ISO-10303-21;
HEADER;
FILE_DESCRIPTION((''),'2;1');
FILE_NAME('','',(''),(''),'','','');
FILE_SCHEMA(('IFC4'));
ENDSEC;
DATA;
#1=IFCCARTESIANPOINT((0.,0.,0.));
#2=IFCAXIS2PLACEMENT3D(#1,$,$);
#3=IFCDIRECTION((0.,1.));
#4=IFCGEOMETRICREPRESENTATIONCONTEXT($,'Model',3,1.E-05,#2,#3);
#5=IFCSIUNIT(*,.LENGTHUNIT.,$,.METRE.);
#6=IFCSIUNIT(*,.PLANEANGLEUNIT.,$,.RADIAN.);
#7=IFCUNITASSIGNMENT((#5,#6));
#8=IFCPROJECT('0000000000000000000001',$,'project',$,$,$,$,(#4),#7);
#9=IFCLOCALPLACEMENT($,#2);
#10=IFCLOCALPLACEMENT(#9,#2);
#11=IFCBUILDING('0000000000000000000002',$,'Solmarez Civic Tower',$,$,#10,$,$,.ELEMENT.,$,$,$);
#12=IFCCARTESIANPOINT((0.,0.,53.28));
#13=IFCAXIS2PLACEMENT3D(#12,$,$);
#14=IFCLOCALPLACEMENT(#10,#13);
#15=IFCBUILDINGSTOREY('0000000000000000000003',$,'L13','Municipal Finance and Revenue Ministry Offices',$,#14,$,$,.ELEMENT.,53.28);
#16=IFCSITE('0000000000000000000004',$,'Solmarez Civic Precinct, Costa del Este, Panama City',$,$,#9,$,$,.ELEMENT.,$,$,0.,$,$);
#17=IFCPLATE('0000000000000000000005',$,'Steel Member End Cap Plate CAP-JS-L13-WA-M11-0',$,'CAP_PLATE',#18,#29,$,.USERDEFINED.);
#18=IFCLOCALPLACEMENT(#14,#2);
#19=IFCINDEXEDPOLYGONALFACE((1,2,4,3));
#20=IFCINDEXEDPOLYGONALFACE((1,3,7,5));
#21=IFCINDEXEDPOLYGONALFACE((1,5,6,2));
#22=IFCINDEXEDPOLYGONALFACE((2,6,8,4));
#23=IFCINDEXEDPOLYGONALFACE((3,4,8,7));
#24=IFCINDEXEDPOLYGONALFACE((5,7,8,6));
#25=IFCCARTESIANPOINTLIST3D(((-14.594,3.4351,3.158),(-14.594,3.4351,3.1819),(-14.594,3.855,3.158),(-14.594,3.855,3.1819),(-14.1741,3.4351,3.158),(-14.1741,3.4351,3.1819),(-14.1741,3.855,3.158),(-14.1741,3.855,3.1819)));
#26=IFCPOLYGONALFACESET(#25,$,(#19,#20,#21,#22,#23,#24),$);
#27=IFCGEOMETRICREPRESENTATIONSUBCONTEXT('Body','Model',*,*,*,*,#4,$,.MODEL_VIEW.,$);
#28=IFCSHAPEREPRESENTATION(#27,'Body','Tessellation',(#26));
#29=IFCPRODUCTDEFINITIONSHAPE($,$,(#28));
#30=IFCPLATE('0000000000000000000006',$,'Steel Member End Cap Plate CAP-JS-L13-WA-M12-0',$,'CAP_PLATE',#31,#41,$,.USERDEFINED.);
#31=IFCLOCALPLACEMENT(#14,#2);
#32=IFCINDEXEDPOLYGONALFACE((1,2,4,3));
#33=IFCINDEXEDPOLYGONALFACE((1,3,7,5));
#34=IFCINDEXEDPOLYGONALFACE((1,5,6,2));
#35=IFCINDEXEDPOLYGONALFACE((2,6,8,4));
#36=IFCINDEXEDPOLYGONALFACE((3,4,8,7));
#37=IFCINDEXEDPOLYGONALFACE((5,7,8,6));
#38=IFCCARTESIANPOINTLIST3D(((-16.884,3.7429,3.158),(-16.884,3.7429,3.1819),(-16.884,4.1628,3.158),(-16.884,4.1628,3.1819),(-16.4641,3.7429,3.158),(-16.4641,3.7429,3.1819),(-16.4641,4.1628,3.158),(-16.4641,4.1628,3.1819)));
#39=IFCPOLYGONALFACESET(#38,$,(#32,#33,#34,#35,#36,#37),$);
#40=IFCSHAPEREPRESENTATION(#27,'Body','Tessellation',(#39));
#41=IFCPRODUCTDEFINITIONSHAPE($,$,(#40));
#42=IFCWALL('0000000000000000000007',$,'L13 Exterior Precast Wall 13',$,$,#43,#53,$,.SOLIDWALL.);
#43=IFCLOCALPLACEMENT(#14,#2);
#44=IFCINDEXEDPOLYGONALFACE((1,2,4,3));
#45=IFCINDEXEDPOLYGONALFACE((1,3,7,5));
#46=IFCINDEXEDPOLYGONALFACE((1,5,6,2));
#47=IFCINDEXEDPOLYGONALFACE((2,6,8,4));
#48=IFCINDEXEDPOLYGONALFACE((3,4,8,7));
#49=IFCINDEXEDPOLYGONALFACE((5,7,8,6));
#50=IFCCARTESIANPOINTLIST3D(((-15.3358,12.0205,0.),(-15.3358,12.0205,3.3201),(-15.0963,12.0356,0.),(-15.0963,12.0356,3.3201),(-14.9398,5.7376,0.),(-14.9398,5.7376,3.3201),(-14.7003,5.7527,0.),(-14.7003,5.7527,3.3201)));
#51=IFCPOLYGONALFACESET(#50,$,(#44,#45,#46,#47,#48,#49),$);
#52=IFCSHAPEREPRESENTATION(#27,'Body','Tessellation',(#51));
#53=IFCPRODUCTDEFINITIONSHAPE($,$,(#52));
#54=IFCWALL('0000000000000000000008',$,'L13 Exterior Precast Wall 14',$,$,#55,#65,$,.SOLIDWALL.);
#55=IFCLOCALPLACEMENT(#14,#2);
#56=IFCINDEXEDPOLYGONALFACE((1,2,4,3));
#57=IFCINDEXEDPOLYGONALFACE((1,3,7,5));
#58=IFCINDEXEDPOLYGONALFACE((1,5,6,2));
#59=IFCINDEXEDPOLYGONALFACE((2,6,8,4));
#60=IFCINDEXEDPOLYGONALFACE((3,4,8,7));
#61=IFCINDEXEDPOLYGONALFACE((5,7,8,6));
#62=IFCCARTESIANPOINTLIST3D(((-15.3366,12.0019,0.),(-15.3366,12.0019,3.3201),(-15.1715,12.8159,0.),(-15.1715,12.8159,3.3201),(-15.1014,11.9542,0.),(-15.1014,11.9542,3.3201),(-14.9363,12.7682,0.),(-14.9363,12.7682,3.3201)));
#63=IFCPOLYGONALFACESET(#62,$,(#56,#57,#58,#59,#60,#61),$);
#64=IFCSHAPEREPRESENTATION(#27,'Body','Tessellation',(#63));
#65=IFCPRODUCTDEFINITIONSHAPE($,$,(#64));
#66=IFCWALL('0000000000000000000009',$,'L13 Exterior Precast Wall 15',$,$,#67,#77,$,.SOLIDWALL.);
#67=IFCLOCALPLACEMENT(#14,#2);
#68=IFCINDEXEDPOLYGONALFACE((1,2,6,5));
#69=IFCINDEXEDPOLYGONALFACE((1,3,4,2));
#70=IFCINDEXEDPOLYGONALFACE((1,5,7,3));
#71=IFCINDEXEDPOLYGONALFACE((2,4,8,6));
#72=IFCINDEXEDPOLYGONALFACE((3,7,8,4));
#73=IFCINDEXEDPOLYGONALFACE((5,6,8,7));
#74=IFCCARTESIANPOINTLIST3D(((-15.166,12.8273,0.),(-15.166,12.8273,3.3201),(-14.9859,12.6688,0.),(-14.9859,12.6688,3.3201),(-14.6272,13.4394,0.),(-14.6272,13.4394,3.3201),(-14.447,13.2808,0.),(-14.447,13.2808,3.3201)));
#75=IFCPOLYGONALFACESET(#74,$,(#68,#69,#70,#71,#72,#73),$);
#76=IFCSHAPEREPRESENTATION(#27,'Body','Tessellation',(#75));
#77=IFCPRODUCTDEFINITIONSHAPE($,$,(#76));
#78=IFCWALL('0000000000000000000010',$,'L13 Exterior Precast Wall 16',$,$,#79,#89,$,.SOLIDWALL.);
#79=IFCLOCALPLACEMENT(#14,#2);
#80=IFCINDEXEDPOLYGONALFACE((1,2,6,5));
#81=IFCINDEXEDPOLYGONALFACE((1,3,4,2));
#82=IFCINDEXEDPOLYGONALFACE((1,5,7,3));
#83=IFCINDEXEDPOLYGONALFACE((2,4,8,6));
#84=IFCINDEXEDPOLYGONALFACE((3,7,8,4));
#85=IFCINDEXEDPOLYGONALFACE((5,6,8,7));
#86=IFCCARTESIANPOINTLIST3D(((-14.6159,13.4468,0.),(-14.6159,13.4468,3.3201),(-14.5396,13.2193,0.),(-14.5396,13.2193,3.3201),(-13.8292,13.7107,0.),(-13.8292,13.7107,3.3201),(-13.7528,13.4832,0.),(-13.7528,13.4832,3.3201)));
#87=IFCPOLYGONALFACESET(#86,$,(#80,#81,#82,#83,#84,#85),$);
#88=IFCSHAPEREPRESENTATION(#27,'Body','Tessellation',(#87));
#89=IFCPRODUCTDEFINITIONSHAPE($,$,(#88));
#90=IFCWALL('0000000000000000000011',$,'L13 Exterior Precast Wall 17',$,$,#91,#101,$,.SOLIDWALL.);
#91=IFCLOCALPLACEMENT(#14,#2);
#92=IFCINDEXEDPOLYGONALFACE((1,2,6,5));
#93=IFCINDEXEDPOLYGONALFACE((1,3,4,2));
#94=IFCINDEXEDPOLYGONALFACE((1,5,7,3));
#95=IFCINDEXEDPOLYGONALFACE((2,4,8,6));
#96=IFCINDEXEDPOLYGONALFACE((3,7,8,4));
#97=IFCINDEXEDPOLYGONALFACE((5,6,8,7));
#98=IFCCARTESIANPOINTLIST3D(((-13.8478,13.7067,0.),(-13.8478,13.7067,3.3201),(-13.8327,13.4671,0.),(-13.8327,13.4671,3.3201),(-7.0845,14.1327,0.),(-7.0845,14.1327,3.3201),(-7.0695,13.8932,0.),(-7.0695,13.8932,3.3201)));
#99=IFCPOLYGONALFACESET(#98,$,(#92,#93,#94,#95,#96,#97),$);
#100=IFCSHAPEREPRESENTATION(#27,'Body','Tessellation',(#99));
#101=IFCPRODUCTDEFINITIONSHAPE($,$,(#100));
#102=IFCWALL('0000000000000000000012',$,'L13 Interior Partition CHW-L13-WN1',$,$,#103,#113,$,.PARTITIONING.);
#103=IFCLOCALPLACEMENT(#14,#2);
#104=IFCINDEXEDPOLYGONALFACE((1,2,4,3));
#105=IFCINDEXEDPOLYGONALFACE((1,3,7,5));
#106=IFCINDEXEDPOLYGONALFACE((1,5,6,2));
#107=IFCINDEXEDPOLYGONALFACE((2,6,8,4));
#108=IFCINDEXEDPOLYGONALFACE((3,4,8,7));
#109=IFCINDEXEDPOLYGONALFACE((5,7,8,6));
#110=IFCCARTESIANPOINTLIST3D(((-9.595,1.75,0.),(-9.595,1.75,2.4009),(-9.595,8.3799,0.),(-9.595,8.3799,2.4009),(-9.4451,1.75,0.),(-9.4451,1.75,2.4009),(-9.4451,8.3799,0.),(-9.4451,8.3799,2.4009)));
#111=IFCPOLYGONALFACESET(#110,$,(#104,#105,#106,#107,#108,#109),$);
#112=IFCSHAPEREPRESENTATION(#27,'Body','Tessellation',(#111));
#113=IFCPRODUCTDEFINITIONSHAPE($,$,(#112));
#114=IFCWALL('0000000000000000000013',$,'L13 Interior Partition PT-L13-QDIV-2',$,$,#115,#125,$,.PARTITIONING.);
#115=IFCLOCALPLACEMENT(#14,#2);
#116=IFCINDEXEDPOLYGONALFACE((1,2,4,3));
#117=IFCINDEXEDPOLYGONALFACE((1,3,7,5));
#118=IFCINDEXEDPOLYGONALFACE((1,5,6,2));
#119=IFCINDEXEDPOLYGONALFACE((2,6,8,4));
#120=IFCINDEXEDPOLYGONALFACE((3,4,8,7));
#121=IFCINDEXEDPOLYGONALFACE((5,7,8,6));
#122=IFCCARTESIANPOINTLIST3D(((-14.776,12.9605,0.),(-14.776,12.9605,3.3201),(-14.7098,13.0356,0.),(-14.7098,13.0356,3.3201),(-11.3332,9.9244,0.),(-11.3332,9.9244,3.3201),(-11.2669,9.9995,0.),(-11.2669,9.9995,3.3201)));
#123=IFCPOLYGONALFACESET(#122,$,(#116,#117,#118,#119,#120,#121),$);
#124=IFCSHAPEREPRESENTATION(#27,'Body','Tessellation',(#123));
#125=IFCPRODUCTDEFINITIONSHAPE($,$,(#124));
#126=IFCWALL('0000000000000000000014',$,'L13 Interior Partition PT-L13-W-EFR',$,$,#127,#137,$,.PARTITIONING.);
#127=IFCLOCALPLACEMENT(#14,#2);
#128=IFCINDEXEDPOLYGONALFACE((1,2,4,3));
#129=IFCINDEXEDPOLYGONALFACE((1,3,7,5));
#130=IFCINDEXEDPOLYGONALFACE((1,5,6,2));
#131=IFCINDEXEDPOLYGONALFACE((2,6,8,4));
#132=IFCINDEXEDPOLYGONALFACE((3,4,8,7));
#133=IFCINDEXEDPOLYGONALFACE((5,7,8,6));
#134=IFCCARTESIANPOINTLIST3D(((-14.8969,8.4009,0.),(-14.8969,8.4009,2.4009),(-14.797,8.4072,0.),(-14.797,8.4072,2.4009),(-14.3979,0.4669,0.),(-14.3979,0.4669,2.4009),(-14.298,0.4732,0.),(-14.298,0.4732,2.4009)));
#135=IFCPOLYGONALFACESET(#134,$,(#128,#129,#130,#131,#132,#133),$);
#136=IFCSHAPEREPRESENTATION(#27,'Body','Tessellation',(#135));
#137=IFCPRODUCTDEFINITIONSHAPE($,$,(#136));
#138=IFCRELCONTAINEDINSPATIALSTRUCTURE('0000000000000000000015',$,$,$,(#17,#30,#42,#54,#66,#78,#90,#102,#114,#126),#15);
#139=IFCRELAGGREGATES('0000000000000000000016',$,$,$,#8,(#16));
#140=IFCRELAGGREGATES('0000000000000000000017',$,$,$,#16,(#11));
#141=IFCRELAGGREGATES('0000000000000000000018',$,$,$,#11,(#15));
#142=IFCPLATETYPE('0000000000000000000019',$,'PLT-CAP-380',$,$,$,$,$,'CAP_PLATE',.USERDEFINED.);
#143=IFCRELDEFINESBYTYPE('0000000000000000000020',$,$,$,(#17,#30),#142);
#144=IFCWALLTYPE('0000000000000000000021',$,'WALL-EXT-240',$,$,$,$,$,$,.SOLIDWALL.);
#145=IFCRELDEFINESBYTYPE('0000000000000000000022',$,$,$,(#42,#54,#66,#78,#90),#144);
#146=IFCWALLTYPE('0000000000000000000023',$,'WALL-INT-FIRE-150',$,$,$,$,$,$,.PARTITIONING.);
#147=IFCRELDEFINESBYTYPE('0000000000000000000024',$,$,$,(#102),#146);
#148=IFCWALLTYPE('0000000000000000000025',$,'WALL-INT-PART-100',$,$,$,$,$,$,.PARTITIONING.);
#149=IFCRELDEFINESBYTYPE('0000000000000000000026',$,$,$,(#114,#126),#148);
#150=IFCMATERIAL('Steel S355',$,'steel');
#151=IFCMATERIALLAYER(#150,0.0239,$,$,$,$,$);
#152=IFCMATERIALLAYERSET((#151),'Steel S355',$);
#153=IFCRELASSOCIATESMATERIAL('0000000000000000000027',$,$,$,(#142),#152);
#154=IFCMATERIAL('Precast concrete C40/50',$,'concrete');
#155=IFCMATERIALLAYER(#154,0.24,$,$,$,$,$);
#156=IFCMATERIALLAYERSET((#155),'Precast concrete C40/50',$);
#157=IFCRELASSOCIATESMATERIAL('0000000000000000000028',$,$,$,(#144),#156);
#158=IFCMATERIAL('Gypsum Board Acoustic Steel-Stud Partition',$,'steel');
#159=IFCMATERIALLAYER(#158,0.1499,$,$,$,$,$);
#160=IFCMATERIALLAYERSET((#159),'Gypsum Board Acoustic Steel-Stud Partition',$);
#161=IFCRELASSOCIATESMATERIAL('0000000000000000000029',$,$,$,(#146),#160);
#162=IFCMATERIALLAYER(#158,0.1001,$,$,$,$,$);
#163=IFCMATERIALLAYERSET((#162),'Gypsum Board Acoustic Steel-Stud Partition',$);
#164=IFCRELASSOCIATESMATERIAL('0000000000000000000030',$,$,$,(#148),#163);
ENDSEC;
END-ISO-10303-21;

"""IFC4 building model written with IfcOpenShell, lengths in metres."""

from ifc_helpers import new_model, si_unit, direction, frame, frame_2d, origin, origin_2d, place, context, subcontext, project, spatial, rectangle, extrude, material, layer, layer_set, type_object, element, save


model = new_model("IFC4")

# Units and contexts
model_context = context("Model", 3, precision=1e-05, world=origin(), true_north=direction((0.0, 1.0)))
body_context = subcontext(model_context, "Body", "Model", "MODEL_VIEW")
ifc_project = project(units=[si_unit("LENGTHUNIT", "METRE"), si_unit("PLANEANGLEUNIT", "RADIAN")], contexts=[model_context])

# Site, building, storey
site_placement = place(None, origin())
site = spatial("IfcSite", under=ifc_project, at=site_placement, Name="Solmarez Civic Precinct, Costa del Este, Panama City", CompositionType="ELEMENT", RefElevation=0.0)
building_placement = place(site_placement, origin())
building = spatial("IfcBuilding", under=site, at=building_placement, Name="Solmarez Civic Tower", CompositionType="ELEMENT")
storey_placement = place(building_placement, frame((0.0, 0.0, 53.28)))
storey = spatial("IfcBuildingStorey", under=building, at=storey_placement, Name="L13", Description="Municipal Finance and Revenue Ministry Offices", CompositionType="ELEMENT", Elevation=53.28)

# Shared definitions
ifc_material_1 = material(Name="Steel S355", Category="steel")

# Plates
ifc_layer_1 = layer(ifc_material_1, 0.0239)
ifc_layer_set_1 = layer_set([ifc_layer_1], Name="Steel S355")
plate_type = type_object("IfcPlateType", Name="PLT-CAP-380", ElementType="CAP_PLATE", PredefinedType="USERDEFINED", material=ifc_layer_set_1)
for number, where, z_axis, x_axis, name in (
    (1, (-14.384, 3.645, 3.158), (0.0, 0.0, 1.0), (1.0, 0.0, 0.0), "Steel Member End Cap Plate CAP-JS-L13-WA-M11-0"),
    (2, (-16.6741, 3.9529, 3.158), (0.0, 0.0, 1.0), (1.0, 0.0, 0.0), "Steel Member End Cap Plate CAP-JS-L13-WA-M12-0"),
):
    element("IfcPlate", number, at=place(storey_placement, frame(where, z_axis=z_axis, x_axis=x_axis)), inside=storey, type_object=plate_type, Name=name, ObjectType="CAP_PLATE", PredefinedType="USERDEFINED", context=body_context, shape_type="SweptSolid", body=[
        extrude(rectangle(XDim=0.4199, YDim=0.4199, at=origin_2d()), origin(), (0.0, 0.0, 1.0), 0.0239),
    ])

# Walls
ifc_material_2 = material(Name="Precast concrete C40/50", Category="concrete")
ifc_layer_2 = layer(ifc_material_2, 0.24)
ifc_layer_set_2 = layer_set([ifc_layer_2], Name="Precast concrete C40/50")
wall_type_1 = type_object("IfcWallType", Name="WALL-EXT-240", PredefinedType="SOLIDWALL", material=ifc_layer_set_2)
wall_1_placement = place(storey_placement, frame((-14.8201, 5.7451, 0.0), z_axis=(0.0, 0.0, 1.0), x_axis=(-0.062902, 0.99802, 0.0)))
element("IfcWall", 3, at=wall_1_placement, inside=storey, type_object=wall_type_1, Name="L13 Exterior Precast Wall 13", PredefinedType="SOLIDWALL", context=body_context, shape_type="SweptSolid", body=[
    extrude(rectangle(XDim=6.2954, YDim=0.24, at=frame_2d((3.1477, 0.0))), origin(), (0.0, 0.0, 1.0), 3.3201),
])
wall_2_placement = place(storey_placement, frame((-15.219, 11.978, 0.0), z_axis=(0.0, 0.0, 1.0), x_axis=(0.198716, 0.980057, 0.0)))
element("IfcWall", 4, at=wall_2_placement, inside=storey, type_object=wall_type_1, Name="L13 Exterior Precast Wall 14", PredefinedType="SOLIDWALL", context=body_context, shape_type="SweptSolid", body=[
    extrude(rectangle(XDim=0.8306, YDim=0.24, at=frame_2d((0.4153, 0.0))), origin(), (0.0, 0.0, 1.0), 3.3201),
])
wall_3_placement = place(storey_placement, frame((-15.0759, 12.748, 0.0), z_axis=(0.0, 0.0, 1.0), x_axis=(0.66077, 0.750589, 0.0)))
element("IfcWall", 5, at=wall_3_placement, inside=storey, type_object=wall_type_1, Name="L13 Exterior Precast Wall 15", PredefinedType="SOLIDWALL", context=body_context, shape_type="SweptSolid", body=[
    extrude(rectangle(XDim=0.8154, YDim=0.24, at=frame_2d((0.4077, 0.0))), origin(), (0.0, 0.0, 1.0), 3.3201),
])
wall_4_placement = place(storey_placement, frame((-14.5779, 13.333, 0.0), z_axis=(0.0, 0.0, 1.0), x_axis=(0.948093, 0.317992, 0.0)))
element("IfcWall", 6, at=wall_4_placement, inside=storey, type_object=wall_type_1, Name="L13 Exterior Precast Wall 16", PredefinedType="SOLIDWALL", context=body_context, shape_type="SweptSolid", body=[
    extrude(rectangle(XDim=0.8298, YDim=0.24, at=frame_2d((0.415, 0.0))), origin(), (0.0, 0.0, 1.0), 3.3201),
])
wall_5_placement = place(storey_placement, frame((-13.8401, 13.5869, 0.0), z_axis=(0.0, 0.0, 1.0), x_axis=(0.998022, 0.062867, 0.0)))
element("IfcWall", 7, at=wall_5_placement, inside=storey, type_object=wall_type_1, Name="L13 Exterior Precast Wall 17", PredefinedType="SOLIDWALL", context=body_context, shape_type="SweptSolid", body=[
    extrude(rectangle(XDim=6.7766, YDim=0.24, at=frame_2d((3.3882, 0.0))), origin(), (0.0, 0.0, 1.0), 3.3201),
])
ifc_material_3 = material(Name="Gypsum Board Acoustic Steel-Stud Partition", Category="steel")
ifc_layer_3 = layer(ifc_material_3, 0.1499)
ifc_layer_set_3 = layer_set([ifc_layer_3], Name="Gypsum Board Acoustic Steel-Stud Partition")
wall_type_2 = type_object("IfcWallType", Name="WALL-INT-FIRE-150", PredefinedType="PARTITIONING", material=ifc_layer_set_3)
wall_6_placement = place(storey_placement, frame((-9.52, 1.75, 0.0), z_axis=(0.0, 0.0, 1.0), x_axis=(0.0, 1.0, 0.0)))
element("IfcWall", 8, at=wall_6_placement, inside=storey, type_object=wall_type_2, Name="L13 Interior Partition CHW-L13-WN1", PredefinedType="PARTITIONING", context=body_context, shape_type="SweptSolid", body=[
    extrude(rectangle(XDim=6.6299, YDim=0.1499, at=frame_2d((3.3149, 0.0))), origin(), (0.0, 0.0, 1.0), 2.4009),
])
ifc_layer_4 = layer(ifc_material_3, 0.1001)
ifc_layer_set_4 = layer_set([ifc_layer_4], Name="Gypsum Board Acoustic Steel-Stud Partition")
wall_type_3 = type_object("IfcWallType", Name="WALL-INT-PART-100", PredefinedType="PARTITIONING", material=ifc_layer_set_4)
wall_7_placement = place(storey_placement, frame((-11.3, 9.9619, 0.0), z_axis=(0.0, 0.0, 1.0), x_axis=(-0.750021, 0.661414, 0.0)))
element("IfcWall", 9, at=wall_7_placement, inside=storey, type_object=wall_type_3, Name="L13 Interior Partition PT-L13-QDIV-2", PredefinedType="PARTITIONING", context=body_context, shape_type="SweptSolid", body=[
    extrude(rectangle(XDim=4.5903, YDim=0.1001, at=frame_2d((2.2952, 0.0))), origin(), (0.0, 0.0, 1.0), 3.3201),
])
wall_8_placement = place(storey_placement, frame((-14.8469, 8.4041, 0.0), z_axis=(0.0, 0.0, 1.0), x_axis=(0.062772, -0.998028, 0.0)))
element("IfcWall", 10, at=wall_8_placement, inside=storey, type_object=wall_type_3, Name="L13 Interior Partition PT-L13-W-EFR", PredefinedType="PARTITIONING", context=body_context, shape_type="SweptSolid", body=[
    extrude(rectangle(XDim=7.9497, YDim=0.1001, at=frame_2d((3.9749, 0.0))), origin(), (0.0, 0.0, 1.0), 2.4009),
])

save(model, "model.ifc")
